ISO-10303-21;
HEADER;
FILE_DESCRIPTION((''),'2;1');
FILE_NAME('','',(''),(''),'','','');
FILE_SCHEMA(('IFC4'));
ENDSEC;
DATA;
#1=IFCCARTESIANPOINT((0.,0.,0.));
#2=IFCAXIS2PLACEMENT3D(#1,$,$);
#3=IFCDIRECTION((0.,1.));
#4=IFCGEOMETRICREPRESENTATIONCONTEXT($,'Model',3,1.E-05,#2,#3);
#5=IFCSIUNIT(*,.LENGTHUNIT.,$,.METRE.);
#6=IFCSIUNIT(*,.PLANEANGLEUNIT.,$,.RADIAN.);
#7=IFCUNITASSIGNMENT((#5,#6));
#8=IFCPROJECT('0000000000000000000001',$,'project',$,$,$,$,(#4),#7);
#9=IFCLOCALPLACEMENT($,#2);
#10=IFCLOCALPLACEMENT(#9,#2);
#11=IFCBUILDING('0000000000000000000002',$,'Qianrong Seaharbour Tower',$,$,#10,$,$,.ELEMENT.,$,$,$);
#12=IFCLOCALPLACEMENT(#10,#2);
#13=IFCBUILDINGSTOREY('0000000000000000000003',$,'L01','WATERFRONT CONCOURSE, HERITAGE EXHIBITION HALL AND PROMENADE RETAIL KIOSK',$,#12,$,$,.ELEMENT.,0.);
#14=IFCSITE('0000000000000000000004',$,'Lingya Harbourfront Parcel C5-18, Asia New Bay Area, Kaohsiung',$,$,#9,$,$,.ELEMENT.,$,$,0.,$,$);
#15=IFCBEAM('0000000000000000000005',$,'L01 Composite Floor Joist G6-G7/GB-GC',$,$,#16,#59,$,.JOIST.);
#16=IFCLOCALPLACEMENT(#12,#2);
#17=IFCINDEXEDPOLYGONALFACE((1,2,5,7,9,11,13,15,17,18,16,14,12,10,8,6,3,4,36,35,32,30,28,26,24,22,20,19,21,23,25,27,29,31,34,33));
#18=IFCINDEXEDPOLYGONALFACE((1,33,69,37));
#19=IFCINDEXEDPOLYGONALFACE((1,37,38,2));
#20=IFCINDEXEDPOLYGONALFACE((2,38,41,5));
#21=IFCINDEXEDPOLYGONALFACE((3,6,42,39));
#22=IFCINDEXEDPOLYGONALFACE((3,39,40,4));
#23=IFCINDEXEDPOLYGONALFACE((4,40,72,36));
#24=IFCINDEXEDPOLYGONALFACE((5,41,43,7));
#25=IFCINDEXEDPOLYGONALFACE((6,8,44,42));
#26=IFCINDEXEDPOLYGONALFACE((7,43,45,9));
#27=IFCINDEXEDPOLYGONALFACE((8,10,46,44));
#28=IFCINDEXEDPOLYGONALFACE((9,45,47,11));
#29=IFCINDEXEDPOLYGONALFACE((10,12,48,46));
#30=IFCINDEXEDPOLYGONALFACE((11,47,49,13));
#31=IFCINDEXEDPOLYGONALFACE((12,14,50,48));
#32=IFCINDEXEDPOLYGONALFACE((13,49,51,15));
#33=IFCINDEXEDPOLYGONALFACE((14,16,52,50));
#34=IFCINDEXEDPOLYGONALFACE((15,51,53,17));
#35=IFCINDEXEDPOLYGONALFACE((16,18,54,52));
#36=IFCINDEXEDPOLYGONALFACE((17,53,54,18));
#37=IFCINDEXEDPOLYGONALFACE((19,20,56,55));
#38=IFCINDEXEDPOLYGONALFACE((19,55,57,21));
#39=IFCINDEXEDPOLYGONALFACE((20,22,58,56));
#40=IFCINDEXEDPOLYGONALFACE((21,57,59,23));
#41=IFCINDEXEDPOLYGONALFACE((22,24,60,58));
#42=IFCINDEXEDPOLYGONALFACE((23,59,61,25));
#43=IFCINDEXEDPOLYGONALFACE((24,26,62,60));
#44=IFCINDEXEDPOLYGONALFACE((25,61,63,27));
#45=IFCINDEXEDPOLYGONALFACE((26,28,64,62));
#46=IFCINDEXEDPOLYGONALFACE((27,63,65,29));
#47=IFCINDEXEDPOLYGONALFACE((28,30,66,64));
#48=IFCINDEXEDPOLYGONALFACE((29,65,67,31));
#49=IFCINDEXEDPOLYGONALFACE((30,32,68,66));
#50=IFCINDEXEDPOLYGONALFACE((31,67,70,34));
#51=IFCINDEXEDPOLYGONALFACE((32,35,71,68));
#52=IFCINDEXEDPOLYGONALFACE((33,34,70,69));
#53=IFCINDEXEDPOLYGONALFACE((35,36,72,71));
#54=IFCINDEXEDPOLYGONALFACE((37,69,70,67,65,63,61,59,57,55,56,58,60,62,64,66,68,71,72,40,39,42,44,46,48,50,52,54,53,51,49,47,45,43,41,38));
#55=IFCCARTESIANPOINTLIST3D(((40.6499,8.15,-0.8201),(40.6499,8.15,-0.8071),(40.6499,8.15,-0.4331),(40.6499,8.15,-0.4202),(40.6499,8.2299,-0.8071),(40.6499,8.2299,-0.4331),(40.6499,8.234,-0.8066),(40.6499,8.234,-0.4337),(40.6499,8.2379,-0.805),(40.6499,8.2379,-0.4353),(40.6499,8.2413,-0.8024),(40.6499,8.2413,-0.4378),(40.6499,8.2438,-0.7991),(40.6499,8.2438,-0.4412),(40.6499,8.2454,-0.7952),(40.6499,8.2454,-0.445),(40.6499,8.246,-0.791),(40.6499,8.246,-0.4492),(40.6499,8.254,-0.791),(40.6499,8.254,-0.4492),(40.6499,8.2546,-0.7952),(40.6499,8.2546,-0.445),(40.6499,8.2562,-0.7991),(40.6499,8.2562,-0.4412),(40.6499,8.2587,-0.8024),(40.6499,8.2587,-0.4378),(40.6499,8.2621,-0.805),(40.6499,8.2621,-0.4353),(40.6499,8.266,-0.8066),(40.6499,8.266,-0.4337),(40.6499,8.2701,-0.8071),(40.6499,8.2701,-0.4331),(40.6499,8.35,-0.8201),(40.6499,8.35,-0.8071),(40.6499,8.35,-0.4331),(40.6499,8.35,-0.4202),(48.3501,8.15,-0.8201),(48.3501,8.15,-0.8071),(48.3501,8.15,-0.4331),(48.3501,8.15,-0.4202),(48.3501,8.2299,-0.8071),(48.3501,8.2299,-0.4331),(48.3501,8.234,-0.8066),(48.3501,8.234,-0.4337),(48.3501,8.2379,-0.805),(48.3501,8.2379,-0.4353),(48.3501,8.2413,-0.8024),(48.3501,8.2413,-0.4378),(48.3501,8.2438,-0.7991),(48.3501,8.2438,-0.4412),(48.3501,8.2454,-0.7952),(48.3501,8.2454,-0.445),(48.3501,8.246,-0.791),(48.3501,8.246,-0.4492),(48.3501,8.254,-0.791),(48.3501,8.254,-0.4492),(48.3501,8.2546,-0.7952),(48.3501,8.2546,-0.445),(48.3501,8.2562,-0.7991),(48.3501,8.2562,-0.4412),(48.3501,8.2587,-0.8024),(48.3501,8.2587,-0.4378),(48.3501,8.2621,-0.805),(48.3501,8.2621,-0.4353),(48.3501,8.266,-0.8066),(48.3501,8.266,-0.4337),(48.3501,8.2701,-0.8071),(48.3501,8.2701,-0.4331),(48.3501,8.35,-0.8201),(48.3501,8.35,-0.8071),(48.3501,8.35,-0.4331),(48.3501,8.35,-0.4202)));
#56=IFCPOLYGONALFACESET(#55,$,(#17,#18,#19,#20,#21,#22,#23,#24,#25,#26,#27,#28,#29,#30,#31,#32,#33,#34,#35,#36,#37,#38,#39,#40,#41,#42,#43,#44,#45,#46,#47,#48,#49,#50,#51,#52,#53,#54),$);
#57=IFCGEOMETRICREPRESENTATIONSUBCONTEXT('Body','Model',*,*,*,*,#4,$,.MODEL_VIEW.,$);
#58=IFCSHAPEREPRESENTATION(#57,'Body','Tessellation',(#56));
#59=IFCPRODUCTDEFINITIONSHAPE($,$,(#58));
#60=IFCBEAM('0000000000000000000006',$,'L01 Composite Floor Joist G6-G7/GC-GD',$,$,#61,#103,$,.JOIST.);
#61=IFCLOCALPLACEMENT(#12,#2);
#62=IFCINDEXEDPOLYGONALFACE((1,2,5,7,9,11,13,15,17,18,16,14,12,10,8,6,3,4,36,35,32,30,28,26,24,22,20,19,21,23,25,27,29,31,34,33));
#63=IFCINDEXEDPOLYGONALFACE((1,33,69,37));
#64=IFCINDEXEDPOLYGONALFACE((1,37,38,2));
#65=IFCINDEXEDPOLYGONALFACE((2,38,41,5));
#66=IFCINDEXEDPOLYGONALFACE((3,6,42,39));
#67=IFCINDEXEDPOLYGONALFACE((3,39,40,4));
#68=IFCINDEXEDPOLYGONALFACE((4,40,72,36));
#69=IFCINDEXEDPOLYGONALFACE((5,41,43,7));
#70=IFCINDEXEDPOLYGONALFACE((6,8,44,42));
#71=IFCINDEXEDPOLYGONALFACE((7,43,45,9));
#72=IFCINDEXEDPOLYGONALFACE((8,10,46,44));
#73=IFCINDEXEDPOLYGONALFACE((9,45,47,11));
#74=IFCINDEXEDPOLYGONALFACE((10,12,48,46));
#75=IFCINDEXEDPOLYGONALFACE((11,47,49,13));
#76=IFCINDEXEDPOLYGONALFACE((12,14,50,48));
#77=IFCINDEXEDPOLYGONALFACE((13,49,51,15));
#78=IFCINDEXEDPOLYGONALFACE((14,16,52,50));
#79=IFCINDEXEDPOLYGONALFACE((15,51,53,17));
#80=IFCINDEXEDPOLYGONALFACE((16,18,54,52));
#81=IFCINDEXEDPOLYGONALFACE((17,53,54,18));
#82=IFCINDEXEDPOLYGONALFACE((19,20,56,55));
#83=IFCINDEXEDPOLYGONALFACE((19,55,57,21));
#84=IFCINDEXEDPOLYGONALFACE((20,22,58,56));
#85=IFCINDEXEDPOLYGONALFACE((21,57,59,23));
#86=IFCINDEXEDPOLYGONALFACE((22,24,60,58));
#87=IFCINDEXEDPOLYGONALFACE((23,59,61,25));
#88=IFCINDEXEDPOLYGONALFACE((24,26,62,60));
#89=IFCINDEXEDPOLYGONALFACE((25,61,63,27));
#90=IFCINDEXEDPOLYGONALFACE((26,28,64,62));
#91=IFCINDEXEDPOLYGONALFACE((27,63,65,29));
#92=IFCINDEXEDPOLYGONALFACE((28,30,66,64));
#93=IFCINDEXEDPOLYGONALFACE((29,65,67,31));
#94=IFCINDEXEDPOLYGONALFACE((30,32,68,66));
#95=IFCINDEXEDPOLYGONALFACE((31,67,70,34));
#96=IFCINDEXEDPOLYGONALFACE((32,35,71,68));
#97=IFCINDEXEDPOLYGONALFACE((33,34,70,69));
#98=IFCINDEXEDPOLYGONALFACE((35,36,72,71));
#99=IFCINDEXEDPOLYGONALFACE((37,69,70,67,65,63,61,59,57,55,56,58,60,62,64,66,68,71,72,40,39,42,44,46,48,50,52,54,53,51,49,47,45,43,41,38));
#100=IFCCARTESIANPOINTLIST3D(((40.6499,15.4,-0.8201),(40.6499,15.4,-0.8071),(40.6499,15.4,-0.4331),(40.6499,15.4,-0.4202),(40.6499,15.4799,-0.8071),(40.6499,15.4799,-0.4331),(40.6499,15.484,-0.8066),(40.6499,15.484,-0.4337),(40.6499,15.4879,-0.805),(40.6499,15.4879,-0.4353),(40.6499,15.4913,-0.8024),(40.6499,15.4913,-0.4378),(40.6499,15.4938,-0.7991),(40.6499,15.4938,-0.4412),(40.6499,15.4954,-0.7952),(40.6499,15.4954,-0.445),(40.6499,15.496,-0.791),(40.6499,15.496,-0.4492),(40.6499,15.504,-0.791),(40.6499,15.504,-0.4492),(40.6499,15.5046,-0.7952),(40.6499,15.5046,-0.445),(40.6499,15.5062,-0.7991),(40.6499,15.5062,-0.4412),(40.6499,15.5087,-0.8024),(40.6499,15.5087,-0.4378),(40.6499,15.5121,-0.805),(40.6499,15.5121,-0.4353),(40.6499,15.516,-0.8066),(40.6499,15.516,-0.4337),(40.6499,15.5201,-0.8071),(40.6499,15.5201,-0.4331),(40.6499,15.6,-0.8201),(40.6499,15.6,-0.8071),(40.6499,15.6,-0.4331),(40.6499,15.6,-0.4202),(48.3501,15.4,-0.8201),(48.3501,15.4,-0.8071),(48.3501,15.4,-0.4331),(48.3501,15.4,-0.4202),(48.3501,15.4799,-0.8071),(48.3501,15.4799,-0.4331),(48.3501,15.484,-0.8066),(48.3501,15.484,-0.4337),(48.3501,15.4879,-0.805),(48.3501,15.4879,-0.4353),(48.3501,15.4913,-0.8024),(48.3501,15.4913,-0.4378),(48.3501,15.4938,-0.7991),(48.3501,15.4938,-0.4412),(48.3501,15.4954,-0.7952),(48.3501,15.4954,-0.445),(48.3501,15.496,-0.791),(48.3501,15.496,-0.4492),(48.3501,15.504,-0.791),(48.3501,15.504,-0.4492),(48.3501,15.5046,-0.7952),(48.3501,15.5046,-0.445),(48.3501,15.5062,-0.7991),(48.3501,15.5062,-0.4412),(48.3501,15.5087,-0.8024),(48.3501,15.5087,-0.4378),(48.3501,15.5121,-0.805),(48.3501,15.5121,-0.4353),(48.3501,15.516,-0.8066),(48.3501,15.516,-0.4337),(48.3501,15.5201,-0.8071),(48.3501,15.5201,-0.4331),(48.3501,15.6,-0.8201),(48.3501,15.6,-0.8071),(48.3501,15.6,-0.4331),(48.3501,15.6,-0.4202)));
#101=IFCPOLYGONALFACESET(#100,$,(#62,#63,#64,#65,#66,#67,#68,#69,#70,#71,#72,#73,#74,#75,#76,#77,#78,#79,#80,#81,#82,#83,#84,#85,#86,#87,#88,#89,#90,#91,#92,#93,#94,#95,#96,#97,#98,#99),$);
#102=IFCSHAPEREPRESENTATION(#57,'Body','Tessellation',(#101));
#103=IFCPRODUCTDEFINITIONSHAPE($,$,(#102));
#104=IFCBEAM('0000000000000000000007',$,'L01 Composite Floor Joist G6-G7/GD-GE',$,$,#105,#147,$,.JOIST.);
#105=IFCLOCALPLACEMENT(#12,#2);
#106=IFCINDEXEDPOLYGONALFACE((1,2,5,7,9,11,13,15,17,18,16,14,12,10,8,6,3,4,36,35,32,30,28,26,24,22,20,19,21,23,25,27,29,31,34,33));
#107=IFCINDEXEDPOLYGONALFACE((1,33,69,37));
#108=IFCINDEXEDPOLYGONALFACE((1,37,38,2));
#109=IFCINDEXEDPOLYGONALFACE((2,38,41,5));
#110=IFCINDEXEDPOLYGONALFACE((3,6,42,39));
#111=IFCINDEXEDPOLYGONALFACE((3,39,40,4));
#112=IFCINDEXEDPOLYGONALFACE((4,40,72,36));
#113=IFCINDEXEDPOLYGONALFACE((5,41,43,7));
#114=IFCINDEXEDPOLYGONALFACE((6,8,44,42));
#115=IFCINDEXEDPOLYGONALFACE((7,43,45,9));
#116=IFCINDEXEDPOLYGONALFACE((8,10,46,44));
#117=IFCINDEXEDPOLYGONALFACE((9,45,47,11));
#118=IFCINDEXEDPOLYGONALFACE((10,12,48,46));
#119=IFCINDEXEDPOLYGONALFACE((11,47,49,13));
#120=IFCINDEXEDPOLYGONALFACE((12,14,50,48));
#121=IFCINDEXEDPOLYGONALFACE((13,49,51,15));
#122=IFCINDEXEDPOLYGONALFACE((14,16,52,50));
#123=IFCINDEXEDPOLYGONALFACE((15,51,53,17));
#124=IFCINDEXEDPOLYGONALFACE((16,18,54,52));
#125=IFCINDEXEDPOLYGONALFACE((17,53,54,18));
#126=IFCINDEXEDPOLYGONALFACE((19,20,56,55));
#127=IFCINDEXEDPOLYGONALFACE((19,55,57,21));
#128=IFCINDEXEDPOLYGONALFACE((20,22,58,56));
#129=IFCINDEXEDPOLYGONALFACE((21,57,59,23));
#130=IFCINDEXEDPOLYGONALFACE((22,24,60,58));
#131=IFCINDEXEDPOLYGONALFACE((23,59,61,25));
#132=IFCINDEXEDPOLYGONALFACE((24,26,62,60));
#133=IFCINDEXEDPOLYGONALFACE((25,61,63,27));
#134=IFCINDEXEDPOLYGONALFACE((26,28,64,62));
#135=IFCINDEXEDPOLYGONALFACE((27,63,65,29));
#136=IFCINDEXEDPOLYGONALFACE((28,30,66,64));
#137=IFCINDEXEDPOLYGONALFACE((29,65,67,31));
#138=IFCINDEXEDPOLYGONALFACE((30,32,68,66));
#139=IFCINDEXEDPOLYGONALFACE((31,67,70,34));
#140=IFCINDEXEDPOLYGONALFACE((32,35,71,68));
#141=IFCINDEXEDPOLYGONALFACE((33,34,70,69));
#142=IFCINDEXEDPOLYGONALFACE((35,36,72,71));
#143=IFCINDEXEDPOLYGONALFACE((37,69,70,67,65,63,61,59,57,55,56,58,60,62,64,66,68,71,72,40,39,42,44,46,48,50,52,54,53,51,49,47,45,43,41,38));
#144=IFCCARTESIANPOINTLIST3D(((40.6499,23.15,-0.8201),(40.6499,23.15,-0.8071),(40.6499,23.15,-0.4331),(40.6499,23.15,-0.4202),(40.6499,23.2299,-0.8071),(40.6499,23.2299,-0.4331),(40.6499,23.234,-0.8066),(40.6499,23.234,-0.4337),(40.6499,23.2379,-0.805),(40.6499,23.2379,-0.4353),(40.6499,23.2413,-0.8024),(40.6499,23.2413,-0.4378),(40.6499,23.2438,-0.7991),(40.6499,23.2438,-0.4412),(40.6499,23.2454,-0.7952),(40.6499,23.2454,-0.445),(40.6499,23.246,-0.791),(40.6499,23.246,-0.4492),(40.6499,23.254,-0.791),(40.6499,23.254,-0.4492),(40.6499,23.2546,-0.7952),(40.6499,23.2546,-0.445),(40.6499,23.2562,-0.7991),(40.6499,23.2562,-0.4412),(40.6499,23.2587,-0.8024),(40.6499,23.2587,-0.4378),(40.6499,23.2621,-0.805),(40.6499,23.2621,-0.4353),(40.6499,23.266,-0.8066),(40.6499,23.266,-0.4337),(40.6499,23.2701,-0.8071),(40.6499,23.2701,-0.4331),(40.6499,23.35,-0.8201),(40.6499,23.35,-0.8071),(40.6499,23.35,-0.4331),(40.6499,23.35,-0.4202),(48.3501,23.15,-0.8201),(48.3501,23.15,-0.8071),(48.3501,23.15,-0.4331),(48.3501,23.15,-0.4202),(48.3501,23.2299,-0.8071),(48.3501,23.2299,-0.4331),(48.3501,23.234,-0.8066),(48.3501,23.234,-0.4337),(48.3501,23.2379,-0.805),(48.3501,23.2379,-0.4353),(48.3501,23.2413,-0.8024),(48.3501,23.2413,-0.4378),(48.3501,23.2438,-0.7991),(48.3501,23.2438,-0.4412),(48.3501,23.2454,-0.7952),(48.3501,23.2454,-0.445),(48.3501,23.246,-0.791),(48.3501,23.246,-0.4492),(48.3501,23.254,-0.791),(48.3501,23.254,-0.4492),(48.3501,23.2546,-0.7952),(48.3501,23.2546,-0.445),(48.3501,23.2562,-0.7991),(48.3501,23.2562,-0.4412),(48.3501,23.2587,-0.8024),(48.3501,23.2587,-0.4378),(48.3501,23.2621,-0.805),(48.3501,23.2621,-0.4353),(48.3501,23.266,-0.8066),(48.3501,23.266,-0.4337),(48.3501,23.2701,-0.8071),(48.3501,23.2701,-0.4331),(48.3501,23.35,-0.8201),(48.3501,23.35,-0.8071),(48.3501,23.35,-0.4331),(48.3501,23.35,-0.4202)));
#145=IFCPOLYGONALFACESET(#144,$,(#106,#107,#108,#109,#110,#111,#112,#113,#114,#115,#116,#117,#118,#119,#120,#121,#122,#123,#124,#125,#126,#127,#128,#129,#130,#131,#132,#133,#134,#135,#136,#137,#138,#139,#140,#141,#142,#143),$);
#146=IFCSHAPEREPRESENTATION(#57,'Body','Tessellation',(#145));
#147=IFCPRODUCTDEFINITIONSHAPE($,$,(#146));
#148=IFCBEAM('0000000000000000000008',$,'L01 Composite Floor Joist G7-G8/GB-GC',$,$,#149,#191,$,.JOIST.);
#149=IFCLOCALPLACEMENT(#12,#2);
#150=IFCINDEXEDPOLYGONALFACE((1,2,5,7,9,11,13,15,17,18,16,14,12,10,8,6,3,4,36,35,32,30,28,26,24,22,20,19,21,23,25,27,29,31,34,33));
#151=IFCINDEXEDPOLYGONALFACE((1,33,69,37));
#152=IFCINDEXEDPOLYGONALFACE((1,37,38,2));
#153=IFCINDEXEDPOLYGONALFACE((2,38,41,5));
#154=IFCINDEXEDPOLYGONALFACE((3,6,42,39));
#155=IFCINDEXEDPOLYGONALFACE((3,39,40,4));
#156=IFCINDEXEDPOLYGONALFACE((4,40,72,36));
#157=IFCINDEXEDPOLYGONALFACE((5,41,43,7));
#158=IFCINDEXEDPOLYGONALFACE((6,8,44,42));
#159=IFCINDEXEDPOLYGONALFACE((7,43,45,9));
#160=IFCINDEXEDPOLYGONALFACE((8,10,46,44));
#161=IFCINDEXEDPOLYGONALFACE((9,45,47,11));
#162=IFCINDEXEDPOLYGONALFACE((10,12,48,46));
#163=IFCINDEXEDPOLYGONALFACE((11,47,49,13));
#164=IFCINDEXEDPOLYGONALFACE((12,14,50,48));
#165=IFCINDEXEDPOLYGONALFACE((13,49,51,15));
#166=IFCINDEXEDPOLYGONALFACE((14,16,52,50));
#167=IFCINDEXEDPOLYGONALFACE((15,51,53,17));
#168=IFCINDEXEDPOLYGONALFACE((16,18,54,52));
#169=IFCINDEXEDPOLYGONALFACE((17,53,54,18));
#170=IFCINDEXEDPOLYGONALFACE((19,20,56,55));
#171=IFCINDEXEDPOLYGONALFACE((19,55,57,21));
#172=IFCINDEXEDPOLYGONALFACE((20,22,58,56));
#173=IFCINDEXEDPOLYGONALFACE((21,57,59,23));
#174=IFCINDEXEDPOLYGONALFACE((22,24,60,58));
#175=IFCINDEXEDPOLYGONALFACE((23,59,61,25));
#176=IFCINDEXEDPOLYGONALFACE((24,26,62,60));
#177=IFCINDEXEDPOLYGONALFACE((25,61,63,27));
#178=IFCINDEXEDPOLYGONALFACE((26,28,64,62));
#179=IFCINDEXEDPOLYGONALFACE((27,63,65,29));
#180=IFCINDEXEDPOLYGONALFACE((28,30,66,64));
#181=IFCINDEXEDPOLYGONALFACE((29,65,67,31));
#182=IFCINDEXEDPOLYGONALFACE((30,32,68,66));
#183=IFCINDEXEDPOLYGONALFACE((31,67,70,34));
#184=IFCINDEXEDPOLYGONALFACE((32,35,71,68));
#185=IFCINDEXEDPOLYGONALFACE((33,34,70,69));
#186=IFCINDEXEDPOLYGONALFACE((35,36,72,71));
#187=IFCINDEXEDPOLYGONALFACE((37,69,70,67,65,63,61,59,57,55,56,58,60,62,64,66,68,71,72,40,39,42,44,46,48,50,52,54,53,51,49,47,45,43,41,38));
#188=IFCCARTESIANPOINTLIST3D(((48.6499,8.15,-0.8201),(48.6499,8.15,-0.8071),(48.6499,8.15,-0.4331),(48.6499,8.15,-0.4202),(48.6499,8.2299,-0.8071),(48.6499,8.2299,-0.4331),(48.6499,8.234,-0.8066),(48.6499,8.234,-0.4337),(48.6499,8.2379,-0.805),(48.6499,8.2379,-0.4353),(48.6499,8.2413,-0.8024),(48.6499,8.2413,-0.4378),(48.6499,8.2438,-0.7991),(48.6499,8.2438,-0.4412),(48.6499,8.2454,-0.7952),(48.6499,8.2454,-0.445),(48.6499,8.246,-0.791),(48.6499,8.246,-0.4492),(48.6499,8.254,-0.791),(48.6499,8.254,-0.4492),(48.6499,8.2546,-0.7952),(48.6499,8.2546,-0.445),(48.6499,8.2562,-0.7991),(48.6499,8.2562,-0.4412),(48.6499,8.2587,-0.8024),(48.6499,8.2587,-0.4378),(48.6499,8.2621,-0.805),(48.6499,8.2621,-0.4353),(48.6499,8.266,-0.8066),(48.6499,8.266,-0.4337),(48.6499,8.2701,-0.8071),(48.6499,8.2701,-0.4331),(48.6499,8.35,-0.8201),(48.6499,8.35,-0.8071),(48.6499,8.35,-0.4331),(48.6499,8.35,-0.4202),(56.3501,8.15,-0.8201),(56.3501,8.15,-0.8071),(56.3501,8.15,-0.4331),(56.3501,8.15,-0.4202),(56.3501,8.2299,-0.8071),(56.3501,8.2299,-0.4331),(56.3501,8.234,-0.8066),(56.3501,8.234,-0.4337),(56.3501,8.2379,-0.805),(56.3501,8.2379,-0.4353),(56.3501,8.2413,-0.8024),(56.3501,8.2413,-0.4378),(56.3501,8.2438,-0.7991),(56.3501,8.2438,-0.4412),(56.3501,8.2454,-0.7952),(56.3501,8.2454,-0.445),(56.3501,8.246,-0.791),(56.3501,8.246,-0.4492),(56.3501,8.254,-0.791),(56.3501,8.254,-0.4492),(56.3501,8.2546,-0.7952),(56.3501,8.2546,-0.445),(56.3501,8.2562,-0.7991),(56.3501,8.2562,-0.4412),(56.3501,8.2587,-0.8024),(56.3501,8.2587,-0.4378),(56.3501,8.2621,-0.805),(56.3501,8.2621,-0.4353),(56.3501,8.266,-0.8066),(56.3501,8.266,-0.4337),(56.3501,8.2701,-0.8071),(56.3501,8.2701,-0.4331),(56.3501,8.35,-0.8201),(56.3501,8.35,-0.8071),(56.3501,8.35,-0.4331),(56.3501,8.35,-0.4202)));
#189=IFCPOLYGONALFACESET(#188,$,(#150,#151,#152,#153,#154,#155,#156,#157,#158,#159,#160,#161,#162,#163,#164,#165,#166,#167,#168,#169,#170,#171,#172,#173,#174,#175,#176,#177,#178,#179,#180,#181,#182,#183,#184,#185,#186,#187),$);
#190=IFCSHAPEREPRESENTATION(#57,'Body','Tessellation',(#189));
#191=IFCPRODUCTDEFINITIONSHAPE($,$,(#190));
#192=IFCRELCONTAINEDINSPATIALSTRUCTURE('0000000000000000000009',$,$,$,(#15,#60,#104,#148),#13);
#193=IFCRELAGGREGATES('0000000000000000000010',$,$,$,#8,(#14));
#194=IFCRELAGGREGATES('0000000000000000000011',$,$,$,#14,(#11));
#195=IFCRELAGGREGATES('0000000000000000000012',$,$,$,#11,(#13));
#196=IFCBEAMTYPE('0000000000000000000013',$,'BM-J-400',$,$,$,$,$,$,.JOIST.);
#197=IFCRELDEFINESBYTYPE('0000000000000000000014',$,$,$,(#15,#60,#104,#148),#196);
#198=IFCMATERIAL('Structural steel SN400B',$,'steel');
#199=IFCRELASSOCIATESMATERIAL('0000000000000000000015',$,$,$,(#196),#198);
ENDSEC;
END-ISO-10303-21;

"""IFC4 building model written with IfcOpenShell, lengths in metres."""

from ifc_helpers import new_model, si_unit, direction, frame, origin, origin_2d, place, context, subcontext, project, spatial, i_section, extrude, material, material_profile, profile_set, type_object, element, save


model = new_model("IFC4")

# Units and contexts
model_context = context("Model", 3, precision=1e-05, world=origin(), true_north=direction((0.0, 1.0)))
body_context = subcontext(model_context, "Body", "Model", "MODEL_VIEW")
ifc_project = project(units=[si_unit("LENGTHUNIT", "METRE"), si_unit("PLANEANGLEUNIT", "RADIAN")], contexts=[model_context])

# Site, building, storey
site_placement = place(None, origin())
site = spatial("IfcSite", under=ifc_project, at=site_placement, Name="Lingya Harbourfront Parcel C5-18, Asia New Bay Area, Kaohsiung", CompositionType="ELEMENT", RefElevation=0.0)
building_placement = place(site_placement, origin())
building = spatial("IfcBuilding", under=site, at=building_placement, Name="Qianrong Seaharbour Tower", CompositionType="ELEMENT")
storey_placement = place(building_placement, origin())
storey = spatial("IfcBuildingStorey", under=building, at=storey_placement, Name="L01", Description="WATERFRONT CONCOURSE, HERITAGE EXHIBITION HALL AND PROMENADE RETAIL KIOSK", CompositionType="ELEMENT", Elevation=0.0)

# Beams
ifc_material_1 = material(Name="Structural steel SN400B", Category="steel")
ifc_material_profile_1 = material_profile(ifc_material_1, i_section(OverallWidth=0.2, OverallDepth=0.3999, WebThickness=0.0081, FlangeThickness=0.0129, FilletRadius=0.0161, at=origin_2d()), Name="H400x200x8x13")
ifc_profile_set_1 = profile_set([ifc_material_profile_1], Name="Structural steel SN400B")
beam_type_1 = type_object("IfcBeamType", Name="BM-J-400", PredefinedType="JOIST", material=ifc_profile_set_1)
for number, where, z_axis, x_axis, name in (
    (1, (40.6499, 8.25, -0.6201), (1.0, 0.0, 0.0), (0.0, 1.0, 0.0), "L01 Composite Floor Joist G6-G7/GB-GC"),
    (2, (40.6499, 15.5, -0.6201), (1.0, 0.0, 0.0), (0.0, 1.0, 0.0), "L01 Composite Floor Joist G6-G7/GC-GD"),
    (3, (40.6499, 23.25, -0.6201), (1.0, 0.0, 0.0), (0.0, 1.0, 0.0), "L01 Composite Floor Joist G6-G7/GD-GE"),
    (4, (48.6499, 8.25, -0.6201), (1.0, 0.0, 0.0), (0.0, 1.0, 0.0), "L01 Composite Floor Joist G7-G8/GB-GC"),
):
    element("IfcBeam", number, at=place(storey_placement, frame(where, z_axis=z_axis, x_axis=x_axis)), inside=storey, type_object=beam_type_1, Name=name, PredefinedType="JOIST", context=body_context, shape_type="SweptSolid", body=[
        extrude(i_section(OverallWidth=0.2, OverallDepth=0.3999, WebThickness=0.0081, FlangeThickness=0.0129, FilletRadius=0.0161, at=origin_2d()), origin(), (0.0, 0.0, 1.0), 7.7002),
    ])

save(model, "model.ifc")
